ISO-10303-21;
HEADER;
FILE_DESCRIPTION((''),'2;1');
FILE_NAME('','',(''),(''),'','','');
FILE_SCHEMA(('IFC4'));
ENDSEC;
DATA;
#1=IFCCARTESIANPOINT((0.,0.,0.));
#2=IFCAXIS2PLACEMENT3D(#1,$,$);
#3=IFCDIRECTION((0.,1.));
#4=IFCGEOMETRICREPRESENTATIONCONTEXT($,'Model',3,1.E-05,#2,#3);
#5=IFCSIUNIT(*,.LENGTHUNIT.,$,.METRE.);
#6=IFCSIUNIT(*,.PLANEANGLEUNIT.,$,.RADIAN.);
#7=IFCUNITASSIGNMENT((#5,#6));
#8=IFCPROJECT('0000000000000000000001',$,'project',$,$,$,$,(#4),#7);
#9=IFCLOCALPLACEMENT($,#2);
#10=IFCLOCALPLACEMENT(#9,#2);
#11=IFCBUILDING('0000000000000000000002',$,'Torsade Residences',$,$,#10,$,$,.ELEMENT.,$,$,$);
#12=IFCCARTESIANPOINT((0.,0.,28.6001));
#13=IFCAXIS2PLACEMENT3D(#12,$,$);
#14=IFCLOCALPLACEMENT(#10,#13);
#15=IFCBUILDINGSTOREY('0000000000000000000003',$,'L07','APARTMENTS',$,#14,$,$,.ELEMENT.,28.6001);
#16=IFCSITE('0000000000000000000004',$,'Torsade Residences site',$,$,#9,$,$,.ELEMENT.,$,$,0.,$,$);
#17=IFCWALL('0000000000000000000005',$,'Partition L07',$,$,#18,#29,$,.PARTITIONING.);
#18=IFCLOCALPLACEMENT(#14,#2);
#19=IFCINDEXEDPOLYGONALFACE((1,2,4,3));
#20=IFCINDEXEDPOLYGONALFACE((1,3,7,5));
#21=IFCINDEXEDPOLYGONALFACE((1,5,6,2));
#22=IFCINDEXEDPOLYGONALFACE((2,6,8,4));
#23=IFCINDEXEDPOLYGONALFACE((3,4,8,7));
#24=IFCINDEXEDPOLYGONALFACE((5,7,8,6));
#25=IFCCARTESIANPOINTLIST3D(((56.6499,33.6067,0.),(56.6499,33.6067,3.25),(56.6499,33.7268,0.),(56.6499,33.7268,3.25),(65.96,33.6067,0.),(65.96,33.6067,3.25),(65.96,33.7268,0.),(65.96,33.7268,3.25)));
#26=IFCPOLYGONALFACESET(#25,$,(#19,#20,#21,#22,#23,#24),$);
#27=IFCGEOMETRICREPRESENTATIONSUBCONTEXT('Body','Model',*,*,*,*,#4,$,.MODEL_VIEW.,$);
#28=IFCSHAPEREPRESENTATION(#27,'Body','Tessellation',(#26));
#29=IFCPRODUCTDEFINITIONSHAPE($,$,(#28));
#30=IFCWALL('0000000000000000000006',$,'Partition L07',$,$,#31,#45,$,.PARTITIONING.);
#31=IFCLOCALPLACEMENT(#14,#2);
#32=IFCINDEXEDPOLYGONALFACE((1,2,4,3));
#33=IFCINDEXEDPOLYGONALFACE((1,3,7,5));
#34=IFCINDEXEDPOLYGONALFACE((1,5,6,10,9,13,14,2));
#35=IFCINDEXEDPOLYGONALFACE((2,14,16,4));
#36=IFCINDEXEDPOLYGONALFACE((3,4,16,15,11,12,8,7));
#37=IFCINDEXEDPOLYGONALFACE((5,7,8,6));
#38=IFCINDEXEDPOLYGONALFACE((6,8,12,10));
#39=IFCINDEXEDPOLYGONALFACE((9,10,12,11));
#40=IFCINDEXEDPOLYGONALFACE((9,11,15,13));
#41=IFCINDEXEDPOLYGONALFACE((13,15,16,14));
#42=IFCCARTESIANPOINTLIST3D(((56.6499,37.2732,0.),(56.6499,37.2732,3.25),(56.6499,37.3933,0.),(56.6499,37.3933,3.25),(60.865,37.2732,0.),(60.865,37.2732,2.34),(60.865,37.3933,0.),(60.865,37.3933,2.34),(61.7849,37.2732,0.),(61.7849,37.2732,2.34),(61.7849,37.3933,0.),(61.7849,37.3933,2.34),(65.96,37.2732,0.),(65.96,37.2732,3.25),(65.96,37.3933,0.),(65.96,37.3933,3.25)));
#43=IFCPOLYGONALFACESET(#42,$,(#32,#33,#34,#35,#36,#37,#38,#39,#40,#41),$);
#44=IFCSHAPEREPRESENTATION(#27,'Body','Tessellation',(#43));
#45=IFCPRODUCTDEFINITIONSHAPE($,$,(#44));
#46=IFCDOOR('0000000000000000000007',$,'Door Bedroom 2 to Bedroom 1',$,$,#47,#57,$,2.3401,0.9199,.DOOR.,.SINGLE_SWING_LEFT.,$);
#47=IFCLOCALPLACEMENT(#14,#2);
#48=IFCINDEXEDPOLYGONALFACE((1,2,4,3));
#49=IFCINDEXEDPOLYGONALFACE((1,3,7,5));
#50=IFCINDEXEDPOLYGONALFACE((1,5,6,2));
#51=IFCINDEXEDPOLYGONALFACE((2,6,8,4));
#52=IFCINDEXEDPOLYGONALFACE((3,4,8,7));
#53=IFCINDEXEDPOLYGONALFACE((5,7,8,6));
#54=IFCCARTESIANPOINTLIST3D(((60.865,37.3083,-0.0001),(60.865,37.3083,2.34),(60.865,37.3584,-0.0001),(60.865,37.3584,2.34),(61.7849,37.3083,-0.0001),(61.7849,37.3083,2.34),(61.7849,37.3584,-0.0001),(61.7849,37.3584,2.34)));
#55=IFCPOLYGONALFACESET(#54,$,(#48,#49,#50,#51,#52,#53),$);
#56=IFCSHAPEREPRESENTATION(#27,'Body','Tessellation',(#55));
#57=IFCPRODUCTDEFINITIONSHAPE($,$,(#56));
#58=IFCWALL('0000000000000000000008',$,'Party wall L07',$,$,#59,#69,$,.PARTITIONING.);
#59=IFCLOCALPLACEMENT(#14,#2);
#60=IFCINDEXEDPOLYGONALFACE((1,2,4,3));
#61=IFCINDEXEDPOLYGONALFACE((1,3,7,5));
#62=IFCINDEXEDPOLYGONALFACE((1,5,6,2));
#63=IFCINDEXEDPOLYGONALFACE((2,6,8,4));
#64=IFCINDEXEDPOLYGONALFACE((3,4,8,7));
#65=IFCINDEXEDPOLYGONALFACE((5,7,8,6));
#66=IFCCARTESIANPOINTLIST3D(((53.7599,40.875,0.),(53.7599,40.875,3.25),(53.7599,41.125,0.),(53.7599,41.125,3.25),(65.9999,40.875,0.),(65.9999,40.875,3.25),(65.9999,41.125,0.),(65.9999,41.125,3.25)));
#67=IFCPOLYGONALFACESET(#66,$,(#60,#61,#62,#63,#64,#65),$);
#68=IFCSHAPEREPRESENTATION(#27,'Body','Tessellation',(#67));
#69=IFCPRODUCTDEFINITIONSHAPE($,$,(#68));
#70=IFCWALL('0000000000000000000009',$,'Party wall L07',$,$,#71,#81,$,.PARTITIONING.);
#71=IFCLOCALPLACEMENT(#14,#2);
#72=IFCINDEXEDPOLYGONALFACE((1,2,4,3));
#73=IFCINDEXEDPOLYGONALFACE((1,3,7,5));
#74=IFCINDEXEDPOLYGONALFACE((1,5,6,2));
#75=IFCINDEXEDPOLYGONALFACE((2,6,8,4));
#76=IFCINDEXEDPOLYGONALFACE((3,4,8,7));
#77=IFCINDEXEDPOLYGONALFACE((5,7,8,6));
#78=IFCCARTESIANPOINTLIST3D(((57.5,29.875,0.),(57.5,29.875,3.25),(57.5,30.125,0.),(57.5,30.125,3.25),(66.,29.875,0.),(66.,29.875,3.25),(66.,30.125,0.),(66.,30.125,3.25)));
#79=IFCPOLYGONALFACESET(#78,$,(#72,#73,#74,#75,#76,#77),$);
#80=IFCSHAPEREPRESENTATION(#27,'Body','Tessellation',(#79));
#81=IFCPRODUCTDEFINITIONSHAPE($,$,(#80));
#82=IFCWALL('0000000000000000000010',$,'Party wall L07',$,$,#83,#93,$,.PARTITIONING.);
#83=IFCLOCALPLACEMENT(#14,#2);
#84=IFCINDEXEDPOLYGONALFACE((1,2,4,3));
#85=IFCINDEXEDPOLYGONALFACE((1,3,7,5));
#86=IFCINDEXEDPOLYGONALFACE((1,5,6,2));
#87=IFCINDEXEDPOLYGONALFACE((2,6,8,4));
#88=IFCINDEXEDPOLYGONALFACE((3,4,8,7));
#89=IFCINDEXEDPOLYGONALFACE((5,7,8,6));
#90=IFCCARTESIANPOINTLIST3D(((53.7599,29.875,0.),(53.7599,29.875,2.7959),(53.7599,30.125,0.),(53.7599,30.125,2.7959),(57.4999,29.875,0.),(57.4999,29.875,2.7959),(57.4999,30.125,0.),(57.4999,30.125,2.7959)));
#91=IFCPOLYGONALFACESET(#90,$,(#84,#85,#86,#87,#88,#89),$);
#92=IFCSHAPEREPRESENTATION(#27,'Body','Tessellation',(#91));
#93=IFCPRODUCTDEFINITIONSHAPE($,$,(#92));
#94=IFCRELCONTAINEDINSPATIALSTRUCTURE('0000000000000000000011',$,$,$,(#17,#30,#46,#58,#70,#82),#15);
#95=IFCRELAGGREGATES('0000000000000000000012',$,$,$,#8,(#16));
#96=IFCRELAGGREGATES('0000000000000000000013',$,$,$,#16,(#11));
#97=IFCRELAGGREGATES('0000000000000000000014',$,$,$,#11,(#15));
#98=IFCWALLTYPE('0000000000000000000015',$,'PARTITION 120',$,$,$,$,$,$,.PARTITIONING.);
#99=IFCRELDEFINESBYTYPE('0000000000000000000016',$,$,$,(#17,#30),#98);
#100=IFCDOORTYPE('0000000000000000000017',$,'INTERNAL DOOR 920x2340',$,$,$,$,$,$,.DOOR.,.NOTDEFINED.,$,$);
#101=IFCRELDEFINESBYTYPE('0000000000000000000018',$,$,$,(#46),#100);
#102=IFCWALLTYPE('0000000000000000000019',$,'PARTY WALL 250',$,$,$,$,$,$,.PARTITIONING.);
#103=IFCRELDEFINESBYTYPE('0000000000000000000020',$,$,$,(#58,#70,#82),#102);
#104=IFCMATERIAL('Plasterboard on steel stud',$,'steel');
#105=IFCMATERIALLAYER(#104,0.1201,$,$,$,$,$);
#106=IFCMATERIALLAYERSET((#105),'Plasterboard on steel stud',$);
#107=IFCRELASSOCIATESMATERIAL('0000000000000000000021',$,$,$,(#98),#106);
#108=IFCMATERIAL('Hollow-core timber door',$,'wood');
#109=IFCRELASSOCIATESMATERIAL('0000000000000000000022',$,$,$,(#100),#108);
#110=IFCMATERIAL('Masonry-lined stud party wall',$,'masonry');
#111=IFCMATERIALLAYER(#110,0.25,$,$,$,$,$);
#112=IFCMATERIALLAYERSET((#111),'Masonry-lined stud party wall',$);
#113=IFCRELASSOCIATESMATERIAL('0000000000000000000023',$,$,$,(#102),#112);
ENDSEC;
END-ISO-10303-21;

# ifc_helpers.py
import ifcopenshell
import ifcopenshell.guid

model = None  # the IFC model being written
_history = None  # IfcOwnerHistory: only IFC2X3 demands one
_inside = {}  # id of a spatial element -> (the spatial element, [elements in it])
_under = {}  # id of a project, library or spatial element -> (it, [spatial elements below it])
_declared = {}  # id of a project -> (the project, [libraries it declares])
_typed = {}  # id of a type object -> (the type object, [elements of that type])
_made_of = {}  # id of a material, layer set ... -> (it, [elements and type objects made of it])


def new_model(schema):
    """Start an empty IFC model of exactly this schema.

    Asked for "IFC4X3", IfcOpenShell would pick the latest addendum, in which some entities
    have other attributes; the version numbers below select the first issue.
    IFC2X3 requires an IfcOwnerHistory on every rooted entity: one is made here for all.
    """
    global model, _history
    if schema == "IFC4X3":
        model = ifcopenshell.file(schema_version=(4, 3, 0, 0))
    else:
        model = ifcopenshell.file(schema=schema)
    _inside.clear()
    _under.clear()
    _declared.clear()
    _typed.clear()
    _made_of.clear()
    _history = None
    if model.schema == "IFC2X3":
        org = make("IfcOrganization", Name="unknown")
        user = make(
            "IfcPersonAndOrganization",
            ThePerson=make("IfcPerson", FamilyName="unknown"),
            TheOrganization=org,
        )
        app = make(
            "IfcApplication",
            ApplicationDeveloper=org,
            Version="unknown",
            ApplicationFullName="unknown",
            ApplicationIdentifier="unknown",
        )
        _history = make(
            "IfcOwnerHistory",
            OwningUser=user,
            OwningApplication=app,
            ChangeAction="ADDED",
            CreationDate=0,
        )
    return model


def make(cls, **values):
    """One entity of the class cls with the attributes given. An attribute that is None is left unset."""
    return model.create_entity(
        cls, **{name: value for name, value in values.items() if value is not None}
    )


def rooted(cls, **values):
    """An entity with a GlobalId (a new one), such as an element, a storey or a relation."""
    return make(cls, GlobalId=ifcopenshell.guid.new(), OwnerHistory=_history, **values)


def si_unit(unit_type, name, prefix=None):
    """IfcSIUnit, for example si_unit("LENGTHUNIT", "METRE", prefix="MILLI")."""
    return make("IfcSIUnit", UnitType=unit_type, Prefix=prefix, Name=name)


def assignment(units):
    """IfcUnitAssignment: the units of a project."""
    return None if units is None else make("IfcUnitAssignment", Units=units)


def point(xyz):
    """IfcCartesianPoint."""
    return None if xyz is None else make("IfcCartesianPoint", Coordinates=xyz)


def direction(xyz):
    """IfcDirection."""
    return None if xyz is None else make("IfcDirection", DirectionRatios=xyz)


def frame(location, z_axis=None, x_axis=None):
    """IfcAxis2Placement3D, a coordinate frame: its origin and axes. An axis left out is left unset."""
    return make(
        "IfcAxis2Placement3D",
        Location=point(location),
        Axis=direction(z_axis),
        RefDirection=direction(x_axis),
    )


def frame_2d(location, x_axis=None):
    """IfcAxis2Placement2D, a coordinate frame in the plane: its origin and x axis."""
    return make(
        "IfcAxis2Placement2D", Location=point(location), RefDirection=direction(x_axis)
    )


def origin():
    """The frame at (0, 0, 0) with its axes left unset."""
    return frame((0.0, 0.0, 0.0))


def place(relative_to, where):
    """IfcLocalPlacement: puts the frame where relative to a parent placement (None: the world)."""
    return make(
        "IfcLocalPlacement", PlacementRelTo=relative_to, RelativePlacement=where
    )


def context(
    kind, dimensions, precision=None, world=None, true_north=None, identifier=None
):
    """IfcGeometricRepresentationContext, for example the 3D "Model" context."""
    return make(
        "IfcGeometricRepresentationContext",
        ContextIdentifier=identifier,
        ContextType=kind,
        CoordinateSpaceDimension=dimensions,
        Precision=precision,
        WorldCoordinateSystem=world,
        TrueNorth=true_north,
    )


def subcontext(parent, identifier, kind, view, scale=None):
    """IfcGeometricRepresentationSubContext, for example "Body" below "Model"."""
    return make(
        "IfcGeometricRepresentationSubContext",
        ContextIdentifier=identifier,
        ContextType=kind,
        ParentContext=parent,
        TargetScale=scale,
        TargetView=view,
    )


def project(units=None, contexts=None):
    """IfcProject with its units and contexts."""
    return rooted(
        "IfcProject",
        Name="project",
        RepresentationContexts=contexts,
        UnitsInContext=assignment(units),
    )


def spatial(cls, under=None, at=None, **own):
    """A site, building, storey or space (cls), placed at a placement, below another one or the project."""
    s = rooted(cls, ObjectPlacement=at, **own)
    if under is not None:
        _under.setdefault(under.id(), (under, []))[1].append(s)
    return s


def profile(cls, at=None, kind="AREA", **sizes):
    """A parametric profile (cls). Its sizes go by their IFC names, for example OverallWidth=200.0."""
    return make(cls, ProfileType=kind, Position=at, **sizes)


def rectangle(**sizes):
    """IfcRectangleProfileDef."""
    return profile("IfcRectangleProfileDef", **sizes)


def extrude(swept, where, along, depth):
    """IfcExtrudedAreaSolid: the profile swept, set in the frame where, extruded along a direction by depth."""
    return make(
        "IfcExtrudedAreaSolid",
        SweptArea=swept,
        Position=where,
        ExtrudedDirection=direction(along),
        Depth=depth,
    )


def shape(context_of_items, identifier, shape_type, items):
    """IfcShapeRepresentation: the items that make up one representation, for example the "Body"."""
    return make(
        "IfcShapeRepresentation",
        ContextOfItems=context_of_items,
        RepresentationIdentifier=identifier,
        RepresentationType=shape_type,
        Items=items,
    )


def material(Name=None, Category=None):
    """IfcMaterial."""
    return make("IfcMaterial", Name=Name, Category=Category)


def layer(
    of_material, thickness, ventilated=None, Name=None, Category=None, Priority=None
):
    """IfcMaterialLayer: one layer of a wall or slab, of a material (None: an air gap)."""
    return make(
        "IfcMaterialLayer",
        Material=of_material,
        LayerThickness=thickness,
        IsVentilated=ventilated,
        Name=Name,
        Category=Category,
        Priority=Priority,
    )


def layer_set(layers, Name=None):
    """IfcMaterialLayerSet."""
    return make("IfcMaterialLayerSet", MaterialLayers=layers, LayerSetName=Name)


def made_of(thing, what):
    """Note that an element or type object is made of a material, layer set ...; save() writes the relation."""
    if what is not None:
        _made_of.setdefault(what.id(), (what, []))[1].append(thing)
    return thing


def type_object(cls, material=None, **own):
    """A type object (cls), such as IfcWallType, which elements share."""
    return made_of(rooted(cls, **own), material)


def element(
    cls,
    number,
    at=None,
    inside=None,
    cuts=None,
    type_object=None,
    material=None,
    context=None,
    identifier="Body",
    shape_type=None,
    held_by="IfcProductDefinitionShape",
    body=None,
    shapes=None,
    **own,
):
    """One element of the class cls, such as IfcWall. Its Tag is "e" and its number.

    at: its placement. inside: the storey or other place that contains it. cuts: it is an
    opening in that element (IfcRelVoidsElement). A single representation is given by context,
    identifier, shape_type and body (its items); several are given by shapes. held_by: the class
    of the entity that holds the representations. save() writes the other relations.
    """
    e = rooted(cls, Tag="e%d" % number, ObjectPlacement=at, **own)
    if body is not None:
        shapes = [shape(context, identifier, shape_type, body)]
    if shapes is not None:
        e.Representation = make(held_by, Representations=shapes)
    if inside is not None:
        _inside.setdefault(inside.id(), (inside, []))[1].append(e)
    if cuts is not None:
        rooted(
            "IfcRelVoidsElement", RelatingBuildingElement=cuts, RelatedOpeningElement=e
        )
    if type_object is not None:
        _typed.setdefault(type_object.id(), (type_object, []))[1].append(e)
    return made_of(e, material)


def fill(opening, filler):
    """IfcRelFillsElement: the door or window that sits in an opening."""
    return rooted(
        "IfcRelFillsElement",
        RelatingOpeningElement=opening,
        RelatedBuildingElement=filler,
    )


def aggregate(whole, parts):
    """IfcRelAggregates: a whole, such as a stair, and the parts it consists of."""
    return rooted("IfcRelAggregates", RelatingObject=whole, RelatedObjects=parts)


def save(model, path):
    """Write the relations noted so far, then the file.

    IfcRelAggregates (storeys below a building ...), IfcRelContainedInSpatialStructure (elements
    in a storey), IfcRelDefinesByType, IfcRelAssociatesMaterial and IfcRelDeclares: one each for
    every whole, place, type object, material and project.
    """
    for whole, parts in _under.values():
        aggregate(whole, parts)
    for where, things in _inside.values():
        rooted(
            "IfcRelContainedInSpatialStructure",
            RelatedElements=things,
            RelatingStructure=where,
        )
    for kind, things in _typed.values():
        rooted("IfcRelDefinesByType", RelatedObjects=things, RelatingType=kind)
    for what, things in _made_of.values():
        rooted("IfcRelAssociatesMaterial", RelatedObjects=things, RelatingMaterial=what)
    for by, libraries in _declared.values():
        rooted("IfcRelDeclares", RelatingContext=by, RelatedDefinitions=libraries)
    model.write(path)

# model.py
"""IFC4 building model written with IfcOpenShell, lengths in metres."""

from ifc_helpers import new_model, si_unit, direction, frame, frame_2d, origin, place, context, subcontext, project, spatial, rectangle, extrude, material, layer, layer_set, type_object, element, fill, save


model = new_model("IFC4")

# Units and contexts
model_context = context("Model", 3, precision=1e-05, world=origin(), true_north=direction((0.0, 1.0)))
body_context = subcontext(model_context, "Body", "Model", "MODEL_VIEW")
ifc_project = project(units=[si_unit("LENGTHUNIT", "METRE"), si_unit("PLANEANGLEUNIT", "RADIAN")], contexts=[model_context])

# Site, building, storey
site_placement = place(None, origin())
site = spatial("IfcSite", under=ifc_project, at=site_placement, Name="Torsade Residences site", CompositionType="ELEMENT", RefElevation=0.0)
building_placement = place(site_placement, origin())
building = spatial("IfcBuilding", under=site, at=building_placement, Name="Torsade Residences", CompositionType="ELEMENT")
storey_placement = place(building_placement, frame((0.0, 0.0, 28.6001)))
storey = spatial("IfcBuildingStorey", under=building, at=storey_placement, Name="L07", Description="APARTMENTS", CompositionType="ELEMENT", Elevation=28.6001)

# Shared definitions
ifc_material_1 = material(Name="Plasterboard on steel stud", Category="steel")
ifc_layer_1 = layer(ifc_material_1, 0.1201)
ifc_layer_set_1 = layer_set([ifc_layer_1], Name="Plasterboard on steel stud")
wall_type_1 = type_object("IfcWallType", Name="PARTITION 120", PredefinedType="PARTITIONING", material=ifc_layer_set_1)
ifc_material_2 = material(Name="Hollow-core timber door", Category="wood")
door_type_1 = type_object("IfcDoorType", Name="INTERNAL DOOR 920x2340", OperationType="NOTDEFINED", PredefinedType="DOOR", material=ifc_material_2)

# Wall
wall_1_placement = place(storey_placement, frame((56.6499, 33.6667, 0.0), z_axis=(0.0, 0.0, 1.0), x_axis=(1.0, 0.0, 0.0)))
element("IfcWall", 1, at=wall_1_placement, inside=storey, type_object=wall_type_1, Name="Partition L07", PredefinedType="PARTITIONING", context=body_context, shape_type="SweptSolid", body=[
    extrude(rectangle(XDim=9.3101, YDim=0.1201, at=frame_2d((4.655, 0.0))), origin(), (0.0, 0.0, 1.0), 3.25),
])

# Wall, opening, door
wall_2_placement = place(storey_placement, frame((65.96, 37.3333, 0.0), z_axis=(0.0, 0.0, 1.0), x_axis=(-1.0, 0.0, 0.0)))
wall_2 = element("IfcWall", 2, at=wall_2_placement, inside=storey, type_object=wall_type_1, Name="Partition L07", PredefinedType="PARTITIONING", context=body_context, shape_type="SweptSolid", body=[
    extrude(rectangle(XDim=9.3101, YDim=0.1201, at=frame_2d((4.655, 0.0))), origin(), (0.0, 0.0, 1.0), 3.25),
])
opening_1_placement = place(wall_2_placement, frame((4.175, 0.0, 0.0)))
opening_1 = element("IfcOpeningElement", 3, at=opening_1_placement, cuts=wall_2, PredefinedType="OPENING", context=body_context, shape_type="SweptSolid", body=[
    extrude(rectangle(XDim=0.9199, YDim=2.3401, at=frame_2d((0.46, 1.1699))), frame((0.0, 0.0701, 0.0), z_axis=(0.0, -1.0, 0.0), x_axis=(1.0, 0.0, 0.0)), (0.0, 0.0, 1.0), 0.1401),
])
door_1_placement = place(opening_1_placement, origin())
door_1 = element("IfcDoor", 4, at=door_1_placement, inside=storey, type_object=door_type_1, Name="Door Bedroom 2 to Bedroom 1", OperationType="SINGLE_SWING_LEFT", OverallHeight=2.3401, OverallWidth=0.9199, PredefinedType="DOOR", context=body_context, shape_type="SweptSolid", body=[
    extrude(rectangle(XDim=0.9199, YDim=2.3401, at=frame_2d((0.46, 1.1699))), frame((0.0, 0.0249, 0.0), z_axis=(0.0, -1.0, 0.0), x_axis=(1.0, 0.0, 0.0)), (0.0, 0.0, 1.0), 0.05),
])
fill(opening_1, door_1)

# Walls
ifc_material_3 = material(Name="Masonry-lined stud party wall", Category="masonry")
ifc_layer_2 = layer(ifc_material_3, 0.25)
ifc_layer_set_2 = layer_set([ifc_layer_2], Name="Masonry-lined stud party wall")
wall_type_2 = type_object("IfcWallType", Name="PARTY WALL 250", PredefinedType="PARTITIONING", material=ifc_layer_set_2)
wall_3_placement = place(storey_placement, frame((66.0, 41.0, 0.0), z_axis=(0.0, 0.0, 1.0), x_axis=(-1.0, 0.0, 0.0)))
element("IfcWall", 5, at=wall_3_placement, inside=storey, type_object=wall_type_2, Name="Party wall L07", PredefinedType="PARTITIONING", context=body_context, shape_type="SweptSolid", body=[
    extrude(rectangle(XDim=12.24, YDim=0.25, at=frame_2d((6.1201, 0.0))), origin(), (0.0, 0.0, 1.0), 3.25),
])
wall_4_placement = place(storey_placement, frame((66.0, 30.0, 0.0), z_axis=(0.0, 0.0, 1.0), x_axis=(-1.0, 0.0, 0.0)))
element("IfcWall", 6, at=wall_4_placement, inside=storey, type_object=wall_type_2, Name="Party wall L07", PredefinedType="PARTITIONING", context=body_context, shape_type="SweptSolid", body=[
    extrude(rectangle(XDim=8.5, YDim=0.25, at=frame_2d((4.25, 0.0))), origin(), (0.0, 0.0, 1.0), 3.25),
])
wall_5_placement = place(storey_placement, frame((57.5, 30.0, 0.0), z_axis=(0.0, 0.0, 1.0), x_axis=(-1.0, 0.0, 0.0)))
element("IfcWall", 7, at=wall_5_placement, inside=storey, type_object=wall_type_2, Name="Party wall L07", PredefinedType="PARTITIONING", context=body_context, shape_type="SweptSolid", body=[
    extrude(rectangle(XDim=3.74, YDim=0.25, at=frame_2d((1.8701, 0.0))), origin(), (0.0, 0.0, 1.0), 2.7959),
])

save(model, "model.ifc")
